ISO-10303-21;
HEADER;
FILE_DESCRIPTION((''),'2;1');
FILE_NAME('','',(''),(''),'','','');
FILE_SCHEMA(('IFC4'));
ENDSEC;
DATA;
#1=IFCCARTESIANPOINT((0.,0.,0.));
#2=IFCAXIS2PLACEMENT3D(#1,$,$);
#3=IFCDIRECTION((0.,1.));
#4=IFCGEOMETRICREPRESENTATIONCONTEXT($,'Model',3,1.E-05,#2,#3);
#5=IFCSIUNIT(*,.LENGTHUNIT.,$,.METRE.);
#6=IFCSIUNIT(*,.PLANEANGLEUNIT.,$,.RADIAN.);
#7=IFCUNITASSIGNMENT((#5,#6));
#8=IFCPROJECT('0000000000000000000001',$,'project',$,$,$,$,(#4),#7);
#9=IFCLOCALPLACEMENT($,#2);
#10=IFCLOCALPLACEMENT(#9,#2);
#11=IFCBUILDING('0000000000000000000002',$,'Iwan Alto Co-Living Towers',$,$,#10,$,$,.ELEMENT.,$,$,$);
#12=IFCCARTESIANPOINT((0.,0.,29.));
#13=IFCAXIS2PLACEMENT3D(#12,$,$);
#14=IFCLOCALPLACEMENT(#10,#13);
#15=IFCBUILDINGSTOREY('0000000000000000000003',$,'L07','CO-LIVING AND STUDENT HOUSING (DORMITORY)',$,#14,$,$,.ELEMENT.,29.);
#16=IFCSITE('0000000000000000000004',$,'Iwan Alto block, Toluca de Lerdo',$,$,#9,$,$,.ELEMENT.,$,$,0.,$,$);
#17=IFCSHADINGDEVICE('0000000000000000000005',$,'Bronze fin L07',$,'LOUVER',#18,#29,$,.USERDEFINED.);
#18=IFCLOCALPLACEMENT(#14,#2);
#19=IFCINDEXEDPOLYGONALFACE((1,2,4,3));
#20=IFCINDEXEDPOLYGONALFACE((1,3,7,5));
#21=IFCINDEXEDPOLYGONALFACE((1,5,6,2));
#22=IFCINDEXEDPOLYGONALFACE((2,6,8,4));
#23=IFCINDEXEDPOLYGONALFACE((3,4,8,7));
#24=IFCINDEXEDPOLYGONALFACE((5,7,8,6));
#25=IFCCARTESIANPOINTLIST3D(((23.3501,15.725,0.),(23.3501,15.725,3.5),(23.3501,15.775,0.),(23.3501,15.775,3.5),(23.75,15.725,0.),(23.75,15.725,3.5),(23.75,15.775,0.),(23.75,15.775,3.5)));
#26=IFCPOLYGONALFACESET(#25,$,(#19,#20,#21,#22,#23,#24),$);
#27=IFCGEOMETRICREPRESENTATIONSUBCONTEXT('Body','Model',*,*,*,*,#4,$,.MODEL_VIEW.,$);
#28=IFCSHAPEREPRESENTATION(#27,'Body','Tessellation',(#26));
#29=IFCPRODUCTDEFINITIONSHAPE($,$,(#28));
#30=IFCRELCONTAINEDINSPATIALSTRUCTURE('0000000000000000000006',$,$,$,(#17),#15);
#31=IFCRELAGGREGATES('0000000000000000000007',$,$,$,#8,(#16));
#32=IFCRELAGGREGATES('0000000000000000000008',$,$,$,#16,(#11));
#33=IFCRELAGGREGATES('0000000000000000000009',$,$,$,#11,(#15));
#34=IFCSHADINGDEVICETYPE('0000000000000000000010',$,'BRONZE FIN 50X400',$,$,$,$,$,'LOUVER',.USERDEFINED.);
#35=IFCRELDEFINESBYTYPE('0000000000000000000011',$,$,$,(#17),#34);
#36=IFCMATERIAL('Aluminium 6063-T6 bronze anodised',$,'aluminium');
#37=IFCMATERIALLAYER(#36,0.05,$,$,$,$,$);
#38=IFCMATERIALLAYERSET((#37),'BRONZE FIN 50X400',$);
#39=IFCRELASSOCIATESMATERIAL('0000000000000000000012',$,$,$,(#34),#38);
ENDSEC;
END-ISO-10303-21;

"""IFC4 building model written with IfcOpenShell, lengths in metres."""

from ifc_helpers import new_model, si_unit, direction, frame, origin, origin_2d, place, context, subcontext, project, spatial, rectangle, extrude, material, layer, layer_set, type_object, element, save


model = new_model("IFC4")

# Units and contexts
model_context = context("Model", 3, precision=1e-05, world=origin(), true_north=direction((0.0, 1.0)))
body_context = subcontext(model_context, "Body", "Model", "MODEL_VIEW")
ifc_project = project(units=[si_unit("LENGTHUNIT", "METRE"), si_unit("PLANEANGLEUNIT", "RADIAN")], contexts=[model_context])

# Site, building, storey
site_placement = place(None, origin())
site = spatial("IfcSite", under=ifc_project, at=site_placement, Name="Iwan Alto block, Toluca de Lerdo", CompositionType="ELEMENT", RefElevation=0.0)
building_placement = place(site_placement, origin())
building = spatial("IfcBuilding", under=site, at=building_placement, Name="Iwan Alto Co-Living Towers", CompositionType="ELEMENT")
storey_placement = place(building_placement, frame((0.0, 0.0, 29.0)))
storey = spatial("IfcBuildingStorey", under=building, at=storey_placement, Name="L07", Description="CO-LIVING AND STUDENT HOUSING (DORMITORY)", CompositionType="ELEMENT", Elevation=29.0)

# Shading device
ifc_material_1 = material(Name="Aluminium 6063-T6 bronze anodised", Category="aluminium")
ifc_layer_1 = layer(ifc_material_1, 0.05)
ifc_layer_set_1 = layer_set([ifc_layer_1], Name="BRONZE FIN 50X400")
shading_device_type = type_object("IfcShadingDeviceType", Name="BRONZE FIN 50X400", ElementType="LOUVER", PredefinedType="USERDEFINED", material=ifc_layer_set_1)
shading_device_placement = place(storey_placement, frame((23.55, 15.75, 0.0), z_axis=(0.0, 0.0, 1.0), x_axis=(0.0, 1.0, 0.0)))
element("IfcShadingDevice", 1, at=shading_device_placement, inside=storey, type_object=shading_device_type, Name="Bronze fin L07", ObjectType="LOUVER", PredefinedType="USERDEFINED", context=body_context, shape_type="SweptSolid", body=[
    extrude(rectangle(XDim=0.05, YDim=0.3999, at=origin_2d()), origin(), (0.0, 0.0, 1.0), 3.5),
])

save(model, "model.ifc")
